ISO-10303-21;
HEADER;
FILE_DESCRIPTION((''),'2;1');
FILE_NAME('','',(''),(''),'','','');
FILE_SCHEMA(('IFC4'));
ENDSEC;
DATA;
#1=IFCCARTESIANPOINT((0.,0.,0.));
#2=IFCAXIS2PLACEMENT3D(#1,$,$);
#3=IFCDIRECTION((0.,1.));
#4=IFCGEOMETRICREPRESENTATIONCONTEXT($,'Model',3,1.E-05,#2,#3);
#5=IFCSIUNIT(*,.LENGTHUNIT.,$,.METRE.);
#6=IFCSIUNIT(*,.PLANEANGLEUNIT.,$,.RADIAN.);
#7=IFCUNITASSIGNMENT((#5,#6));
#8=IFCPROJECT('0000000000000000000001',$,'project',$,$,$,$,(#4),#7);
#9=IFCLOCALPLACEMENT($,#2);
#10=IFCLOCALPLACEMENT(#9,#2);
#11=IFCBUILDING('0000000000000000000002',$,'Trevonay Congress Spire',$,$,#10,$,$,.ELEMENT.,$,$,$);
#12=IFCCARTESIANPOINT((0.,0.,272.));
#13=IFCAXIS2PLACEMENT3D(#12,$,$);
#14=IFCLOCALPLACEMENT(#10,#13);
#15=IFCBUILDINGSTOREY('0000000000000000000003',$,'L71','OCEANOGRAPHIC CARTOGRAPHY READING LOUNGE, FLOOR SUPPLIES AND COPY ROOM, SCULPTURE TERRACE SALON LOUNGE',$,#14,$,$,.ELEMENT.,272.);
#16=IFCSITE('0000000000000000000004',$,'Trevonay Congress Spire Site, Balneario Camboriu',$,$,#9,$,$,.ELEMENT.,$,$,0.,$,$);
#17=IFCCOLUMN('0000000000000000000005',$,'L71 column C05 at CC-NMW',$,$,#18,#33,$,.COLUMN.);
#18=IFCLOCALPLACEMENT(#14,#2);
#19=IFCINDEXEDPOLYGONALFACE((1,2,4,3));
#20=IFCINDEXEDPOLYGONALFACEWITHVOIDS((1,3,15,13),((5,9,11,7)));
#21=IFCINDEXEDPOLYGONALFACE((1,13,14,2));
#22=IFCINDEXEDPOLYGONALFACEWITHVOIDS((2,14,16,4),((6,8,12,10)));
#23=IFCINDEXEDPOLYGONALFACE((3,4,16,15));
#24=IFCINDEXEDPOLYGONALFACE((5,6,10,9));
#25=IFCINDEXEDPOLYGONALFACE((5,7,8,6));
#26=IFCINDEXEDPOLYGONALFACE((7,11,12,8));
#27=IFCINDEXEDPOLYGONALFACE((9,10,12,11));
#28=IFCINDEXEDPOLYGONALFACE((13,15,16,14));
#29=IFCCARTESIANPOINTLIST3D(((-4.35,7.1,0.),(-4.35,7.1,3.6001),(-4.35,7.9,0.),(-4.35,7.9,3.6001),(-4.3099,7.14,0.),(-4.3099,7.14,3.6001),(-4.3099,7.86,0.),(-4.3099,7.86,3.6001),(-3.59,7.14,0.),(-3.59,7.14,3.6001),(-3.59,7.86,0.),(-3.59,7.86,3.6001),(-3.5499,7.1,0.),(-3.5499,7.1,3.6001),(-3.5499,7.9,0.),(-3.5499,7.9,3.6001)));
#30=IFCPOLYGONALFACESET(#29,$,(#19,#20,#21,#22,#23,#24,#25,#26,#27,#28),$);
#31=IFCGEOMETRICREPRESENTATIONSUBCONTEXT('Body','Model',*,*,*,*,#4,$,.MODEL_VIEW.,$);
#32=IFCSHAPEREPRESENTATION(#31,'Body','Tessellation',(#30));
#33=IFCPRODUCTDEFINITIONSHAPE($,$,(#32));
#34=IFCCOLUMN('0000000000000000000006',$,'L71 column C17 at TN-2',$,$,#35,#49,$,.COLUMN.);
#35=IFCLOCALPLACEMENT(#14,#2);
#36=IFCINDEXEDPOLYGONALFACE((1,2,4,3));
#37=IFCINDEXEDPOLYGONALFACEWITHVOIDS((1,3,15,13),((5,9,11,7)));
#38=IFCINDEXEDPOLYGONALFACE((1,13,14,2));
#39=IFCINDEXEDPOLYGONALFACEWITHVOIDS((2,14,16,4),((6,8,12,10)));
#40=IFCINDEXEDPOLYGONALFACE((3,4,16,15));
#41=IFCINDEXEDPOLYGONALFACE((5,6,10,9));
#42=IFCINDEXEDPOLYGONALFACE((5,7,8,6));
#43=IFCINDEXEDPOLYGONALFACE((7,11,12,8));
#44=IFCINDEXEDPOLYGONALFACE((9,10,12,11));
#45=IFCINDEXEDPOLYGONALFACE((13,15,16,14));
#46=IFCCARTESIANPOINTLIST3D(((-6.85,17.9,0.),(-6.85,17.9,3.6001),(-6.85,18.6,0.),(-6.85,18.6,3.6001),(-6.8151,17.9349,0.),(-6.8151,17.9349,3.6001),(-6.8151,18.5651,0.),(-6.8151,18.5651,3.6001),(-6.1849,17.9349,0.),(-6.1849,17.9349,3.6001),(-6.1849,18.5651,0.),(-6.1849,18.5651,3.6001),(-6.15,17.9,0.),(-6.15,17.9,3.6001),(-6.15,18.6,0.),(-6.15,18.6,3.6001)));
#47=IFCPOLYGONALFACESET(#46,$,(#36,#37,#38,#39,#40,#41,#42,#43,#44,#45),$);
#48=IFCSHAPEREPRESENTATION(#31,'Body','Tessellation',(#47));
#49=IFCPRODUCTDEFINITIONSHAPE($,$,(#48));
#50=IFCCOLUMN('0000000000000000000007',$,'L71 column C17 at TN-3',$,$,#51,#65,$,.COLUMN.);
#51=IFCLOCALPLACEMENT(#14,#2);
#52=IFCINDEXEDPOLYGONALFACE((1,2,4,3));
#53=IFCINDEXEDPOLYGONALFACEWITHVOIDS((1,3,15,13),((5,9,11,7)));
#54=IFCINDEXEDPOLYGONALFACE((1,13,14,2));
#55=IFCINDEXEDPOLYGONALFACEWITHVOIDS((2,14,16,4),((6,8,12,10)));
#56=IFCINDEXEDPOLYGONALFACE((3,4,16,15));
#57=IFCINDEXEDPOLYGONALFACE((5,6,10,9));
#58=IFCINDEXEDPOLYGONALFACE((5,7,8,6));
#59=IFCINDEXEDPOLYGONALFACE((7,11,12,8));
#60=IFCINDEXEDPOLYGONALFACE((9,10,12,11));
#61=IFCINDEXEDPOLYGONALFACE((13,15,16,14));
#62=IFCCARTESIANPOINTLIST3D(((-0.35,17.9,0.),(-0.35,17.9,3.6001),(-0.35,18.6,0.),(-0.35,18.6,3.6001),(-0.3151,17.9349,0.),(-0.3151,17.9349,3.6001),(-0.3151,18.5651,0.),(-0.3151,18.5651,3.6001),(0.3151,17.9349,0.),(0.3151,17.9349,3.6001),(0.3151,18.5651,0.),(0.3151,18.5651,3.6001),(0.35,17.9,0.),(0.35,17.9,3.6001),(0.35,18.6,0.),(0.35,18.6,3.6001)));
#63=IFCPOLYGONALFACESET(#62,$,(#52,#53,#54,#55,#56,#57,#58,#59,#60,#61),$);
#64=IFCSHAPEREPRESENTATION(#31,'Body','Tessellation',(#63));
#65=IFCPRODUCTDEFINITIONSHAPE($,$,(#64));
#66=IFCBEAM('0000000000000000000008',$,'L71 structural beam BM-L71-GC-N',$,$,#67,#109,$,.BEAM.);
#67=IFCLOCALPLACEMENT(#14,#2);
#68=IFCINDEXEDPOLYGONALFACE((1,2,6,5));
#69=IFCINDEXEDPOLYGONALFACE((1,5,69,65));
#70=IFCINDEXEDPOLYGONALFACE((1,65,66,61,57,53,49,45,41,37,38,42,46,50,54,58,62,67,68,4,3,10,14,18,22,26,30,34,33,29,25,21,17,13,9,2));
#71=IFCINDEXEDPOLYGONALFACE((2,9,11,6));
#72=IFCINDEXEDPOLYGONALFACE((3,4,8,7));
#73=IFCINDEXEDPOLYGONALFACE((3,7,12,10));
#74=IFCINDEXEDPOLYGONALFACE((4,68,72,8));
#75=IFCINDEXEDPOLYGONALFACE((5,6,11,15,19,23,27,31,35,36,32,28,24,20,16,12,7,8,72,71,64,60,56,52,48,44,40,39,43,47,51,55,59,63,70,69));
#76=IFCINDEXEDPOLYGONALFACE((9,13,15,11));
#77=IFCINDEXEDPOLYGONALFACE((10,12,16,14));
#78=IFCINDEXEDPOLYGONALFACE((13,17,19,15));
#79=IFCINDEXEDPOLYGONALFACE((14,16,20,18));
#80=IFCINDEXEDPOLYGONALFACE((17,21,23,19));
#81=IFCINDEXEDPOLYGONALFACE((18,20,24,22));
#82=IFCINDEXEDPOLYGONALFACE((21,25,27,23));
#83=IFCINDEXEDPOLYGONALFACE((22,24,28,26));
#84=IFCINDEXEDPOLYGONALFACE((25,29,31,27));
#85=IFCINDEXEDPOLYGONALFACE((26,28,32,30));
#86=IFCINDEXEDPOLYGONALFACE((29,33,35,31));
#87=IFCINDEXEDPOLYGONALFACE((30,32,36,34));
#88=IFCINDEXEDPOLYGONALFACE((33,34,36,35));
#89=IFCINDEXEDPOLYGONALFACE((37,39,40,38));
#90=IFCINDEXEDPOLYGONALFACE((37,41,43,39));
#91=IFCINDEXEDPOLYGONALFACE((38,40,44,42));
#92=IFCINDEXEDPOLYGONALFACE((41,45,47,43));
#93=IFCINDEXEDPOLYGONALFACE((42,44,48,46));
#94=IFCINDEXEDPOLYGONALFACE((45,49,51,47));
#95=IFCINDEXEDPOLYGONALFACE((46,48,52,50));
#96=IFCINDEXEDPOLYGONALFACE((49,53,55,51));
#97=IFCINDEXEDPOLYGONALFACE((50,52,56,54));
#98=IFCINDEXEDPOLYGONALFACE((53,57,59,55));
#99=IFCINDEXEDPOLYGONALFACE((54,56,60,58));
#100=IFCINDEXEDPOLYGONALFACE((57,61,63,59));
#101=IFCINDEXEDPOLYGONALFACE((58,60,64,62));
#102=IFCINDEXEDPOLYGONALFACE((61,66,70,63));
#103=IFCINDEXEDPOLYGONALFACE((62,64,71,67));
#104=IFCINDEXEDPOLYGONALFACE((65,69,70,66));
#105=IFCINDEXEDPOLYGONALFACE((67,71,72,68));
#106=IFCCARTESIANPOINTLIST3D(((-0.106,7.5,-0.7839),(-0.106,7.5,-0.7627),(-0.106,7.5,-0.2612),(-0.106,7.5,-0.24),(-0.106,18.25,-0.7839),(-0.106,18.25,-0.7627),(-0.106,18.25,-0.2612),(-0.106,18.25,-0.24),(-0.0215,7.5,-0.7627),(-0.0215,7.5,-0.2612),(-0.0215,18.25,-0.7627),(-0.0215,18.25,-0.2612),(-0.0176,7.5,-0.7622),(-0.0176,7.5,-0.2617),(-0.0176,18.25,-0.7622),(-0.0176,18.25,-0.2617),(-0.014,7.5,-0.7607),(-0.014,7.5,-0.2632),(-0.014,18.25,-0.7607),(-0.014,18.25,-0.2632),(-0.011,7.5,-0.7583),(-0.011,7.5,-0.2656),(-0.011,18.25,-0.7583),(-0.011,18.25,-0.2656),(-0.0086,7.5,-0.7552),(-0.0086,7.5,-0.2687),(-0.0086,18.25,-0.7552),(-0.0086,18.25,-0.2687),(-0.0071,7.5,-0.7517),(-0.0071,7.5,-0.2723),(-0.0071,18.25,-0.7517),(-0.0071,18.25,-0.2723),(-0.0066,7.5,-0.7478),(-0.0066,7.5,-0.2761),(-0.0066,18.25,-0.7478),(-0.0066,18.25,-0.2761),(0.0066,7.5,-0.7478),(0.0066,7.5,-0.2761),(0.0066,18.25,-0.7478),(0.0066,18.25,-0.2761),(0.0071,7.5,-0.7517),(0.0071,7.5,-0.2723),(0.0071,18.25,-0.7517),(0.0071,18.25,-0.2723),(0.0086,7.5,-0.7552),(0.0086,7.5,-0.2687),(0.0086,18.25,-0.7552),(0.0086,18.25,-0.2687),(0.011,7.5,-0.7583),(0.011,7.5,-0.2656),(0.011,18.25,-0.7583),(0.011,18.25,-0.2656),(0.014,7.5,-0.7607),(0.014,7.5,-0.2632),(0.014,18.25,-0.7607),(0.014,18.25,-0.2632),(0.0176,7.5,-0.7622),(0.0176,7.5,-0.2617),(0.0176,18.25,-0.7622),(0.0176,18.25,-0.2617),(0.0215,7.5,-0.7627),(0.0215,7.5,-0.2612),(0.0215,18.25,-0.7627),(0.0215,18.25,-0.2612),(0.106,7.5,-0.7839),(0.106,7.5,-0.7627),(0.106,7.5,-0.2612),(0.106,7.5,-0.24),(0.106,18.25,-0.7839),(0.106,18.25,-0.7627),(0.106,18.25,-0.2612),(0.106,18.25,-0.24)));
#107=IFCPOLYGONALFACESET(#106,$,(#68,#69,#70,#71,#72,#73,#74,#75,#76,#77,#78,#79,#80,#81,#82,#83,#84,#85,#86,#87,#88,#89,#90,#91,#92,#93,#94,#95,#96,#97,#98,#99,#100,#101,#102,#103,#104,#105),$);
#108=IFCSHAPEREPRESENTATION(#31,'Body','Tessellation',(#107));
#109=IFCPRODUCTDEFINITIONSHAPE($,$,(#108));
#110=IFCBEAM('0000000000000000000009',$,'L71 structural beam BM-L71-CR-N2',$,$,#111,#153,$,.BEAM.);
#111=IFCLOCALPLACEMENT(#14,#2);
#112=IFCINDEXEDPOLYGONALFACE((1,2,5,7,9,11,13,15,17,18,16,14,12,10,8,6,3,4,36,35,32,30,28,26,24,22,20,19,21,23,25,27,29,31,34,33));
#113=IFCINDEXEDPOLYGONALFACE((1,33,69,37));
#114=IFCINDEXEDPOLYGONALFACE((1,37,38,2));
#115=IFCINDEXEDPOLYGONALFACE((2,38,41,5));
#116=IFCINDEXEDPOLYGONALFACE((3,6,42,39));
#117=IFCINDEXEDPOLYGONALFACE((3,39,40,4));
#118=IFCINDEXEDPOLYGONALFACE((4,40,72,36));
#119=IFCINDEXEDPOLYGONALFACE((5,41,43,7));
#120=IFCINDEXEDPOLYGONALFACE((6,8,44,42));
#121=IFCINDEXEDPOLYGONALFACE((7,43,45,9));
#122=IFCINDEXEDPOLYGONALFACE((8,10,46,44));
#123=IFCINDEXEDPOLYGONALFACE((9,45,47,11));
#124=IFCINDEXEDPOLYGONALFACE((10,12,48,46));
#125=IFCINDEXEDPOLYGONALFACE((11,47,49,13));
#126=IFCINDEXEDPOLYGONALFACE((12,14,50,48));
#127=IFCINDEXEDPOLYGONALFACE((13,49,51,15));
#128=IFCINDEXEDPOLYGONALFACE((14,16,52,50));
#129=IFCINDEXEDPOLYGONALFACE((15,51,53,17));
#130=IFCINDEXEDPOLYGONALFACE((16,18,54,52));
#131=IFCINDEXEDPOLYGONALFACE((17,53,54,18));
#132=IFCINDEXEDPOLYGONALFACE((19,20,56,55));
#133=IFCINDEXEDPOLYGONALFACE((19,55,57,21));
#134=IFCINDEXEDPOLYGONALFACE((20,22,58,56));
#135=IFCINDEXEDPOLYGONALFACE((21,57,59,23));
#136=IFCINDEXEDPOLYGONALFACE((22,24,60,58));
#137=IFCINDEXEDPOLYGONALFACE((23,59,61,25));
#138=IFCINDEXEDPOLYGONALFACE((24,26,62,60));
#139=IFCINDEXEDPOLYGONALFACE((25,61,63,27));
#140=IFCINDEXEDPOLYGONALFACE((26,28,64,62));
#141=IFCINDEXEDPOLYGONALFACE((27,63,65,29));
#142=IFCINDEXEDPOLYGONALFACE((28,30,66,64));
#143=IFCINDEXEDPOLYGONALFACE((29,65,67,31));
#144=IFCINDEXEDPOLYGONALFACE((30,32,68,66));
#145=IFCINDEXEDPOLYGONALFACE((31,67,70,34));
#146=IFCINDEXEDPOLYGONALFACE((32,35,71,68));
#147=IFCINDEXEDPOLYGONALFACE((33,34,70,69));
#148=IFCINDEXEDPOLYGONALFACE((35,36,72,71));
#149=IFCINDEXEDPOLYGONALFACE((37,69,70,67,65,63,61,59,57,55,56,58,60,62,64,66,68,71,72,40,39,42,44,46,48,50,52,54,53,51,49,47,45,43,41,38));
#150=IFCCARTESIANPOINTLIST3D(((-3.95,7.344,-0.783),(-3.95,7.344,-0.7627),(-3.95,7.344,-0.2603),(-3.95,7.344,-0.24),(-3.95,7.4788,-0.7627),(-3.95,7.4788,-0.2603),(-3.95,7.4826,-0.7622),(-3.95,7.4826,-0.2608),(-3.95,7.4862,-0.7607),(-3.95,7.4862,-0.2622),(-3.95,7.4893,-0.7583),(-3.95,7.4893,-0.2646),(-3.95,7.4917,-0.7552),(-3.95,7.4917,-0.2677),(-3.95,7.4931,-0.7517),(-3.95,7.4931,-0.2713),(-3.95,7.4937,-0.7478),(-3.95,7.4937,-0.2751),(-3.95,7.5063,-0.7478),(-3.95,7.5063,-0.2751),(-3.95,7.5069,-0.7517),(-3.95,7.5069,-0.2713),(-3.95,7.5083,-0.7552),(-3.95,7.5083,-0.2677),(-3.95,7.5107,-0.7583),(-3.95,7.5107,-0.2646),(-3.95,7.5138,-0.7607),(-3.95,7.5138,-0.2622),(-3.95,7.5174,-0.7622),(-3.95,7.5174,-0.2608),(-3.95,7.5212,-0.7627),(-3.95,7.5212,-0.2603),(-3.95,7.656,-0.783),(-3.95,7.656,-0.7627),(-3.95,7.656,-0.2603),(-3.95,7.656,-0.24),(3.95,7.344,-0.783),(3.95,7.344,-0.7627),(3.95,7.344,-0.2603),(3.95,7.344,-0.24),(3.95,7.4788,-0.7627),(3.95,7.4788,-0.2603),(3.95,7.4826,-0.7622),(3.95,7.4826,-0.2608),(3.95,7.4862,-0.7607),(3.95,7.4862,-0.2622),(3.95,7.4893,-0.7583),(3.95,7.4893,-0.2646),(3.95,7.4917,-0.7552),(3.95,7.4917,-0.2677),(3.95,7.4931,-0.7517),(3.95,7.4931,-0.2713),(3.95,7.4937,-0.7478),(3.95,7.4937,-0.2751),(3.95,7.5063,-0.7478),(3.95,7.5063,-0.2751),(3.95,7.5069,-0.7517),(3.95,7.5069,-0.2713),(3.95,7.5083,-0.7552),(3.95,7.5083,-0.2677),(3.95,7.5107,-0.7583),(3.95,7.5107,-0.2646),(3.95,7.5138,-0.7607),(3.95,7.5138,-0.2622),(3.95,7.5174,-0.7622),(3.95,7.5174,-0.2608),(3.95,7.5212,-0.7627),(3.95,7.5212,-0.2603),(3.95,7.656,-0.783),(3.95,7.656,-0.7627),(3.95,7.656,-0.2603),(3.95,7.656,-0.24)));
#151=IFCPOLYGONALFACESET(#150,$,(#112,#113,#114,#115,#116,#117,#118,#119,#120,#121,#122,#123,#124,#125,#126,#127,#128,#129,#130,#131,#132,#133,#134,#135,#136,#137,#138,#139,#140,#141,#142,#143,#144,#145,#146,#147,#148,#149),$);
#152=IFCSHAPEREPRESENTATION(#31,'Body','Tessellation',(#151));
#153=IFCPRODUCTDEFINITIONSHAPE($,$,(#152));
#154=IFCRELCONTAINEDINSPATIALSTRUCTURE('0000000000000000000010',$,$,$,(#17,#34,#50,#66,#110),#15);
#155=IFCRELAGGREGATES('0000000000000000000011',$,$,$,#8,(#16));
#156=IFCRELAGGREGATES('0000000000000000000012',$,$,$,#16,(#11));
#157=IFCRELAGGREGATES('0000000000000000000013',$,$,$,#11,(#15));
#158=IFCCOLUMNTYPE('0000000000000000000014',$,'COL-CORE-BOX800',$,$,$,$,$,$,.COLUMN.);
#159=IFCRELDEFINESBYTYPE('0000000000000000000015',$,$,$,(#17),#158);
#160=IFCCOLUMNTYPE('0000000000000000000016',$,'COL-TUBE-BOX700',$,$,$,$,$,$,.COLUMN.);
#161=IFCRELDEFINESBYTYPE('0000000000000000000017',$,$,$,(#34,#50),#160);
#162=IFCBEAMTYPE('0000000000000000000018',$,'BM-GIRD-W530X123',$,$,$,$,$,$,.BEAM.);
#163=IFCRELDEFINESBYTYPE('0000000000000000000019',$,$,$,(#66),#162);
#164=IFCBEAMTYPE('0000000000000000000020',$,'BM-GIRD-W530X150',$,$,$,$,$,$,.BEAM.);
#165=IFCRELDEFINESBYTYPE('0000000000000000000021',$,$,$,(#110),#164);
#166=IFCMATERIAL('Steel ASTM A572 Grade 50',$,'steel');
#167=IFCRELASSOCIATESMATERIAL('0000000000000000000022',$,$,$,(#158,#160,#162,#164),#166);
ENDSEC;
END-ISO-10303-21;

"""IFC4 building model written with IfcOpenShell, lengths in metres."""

from ifc_helpers import new_model, si_unit, direction, frame, origin, origin_2d, place, context, subcontext, project, spatial, hollow_rectangle, i_section, extrude, material, material_profile, profile_set, type_object, element, save


model = new_model("IFC4")

# Units and contexts
model_context = context("Model", 3, precision=1e-05, world=origin(), true_north=direction((0.0, 1.0)))
body_context = subcontext(model_context, "Body", "Model", "MODEL_VIEW")
ifc_project = project(units=[si_unit("LENGTHUNIT", "METRE"), si_unit("PLANEANGLEUNIT", "RADIAN")], contexts=[model_context])

# Site, building, storey
site_placement = place(None, origin())
site = spatial("IfcSite", under=ifc_project, at=site_placement, Name="Trevonay Congress Spire Site, Balneario Camboriu", CompositionType="ELEMENT", RefElevation=0.0)
building_placement = place(site_placement, origin())
building = spatial("IfcBuilding", under=site, at=building_placement, Name="Trevonay Congress Spire", CompositionType="ELEMENT")
storey_placement = place(building_placement, frame((0.0, 0.0, 272.0)))
storey = spatial("IfcBuildingStorey", under=building, at=storey_placement, Name="L71", Description="OCEANOGRAPHIC CARTOGRAPHY READING LOUNGE, FLOOR SUPPLIES AND COPY ROOM, SCULPTURE TERRACE SALON LOUNGE", CompositionType="ELEMENT", Elevation=272.0)

# Columns
ifc_material_1 = material(Name="Steel ASTM A572 Grade 50", Category="steel")
ifc_material_profile_1 = material_profile(ifc_material_1, hollow_rectangle(XDim=0.8, YDim=0.8, WallThickness=0.04, at=origin_2d()), Name="BOX 800x800x40")
ifc_profile_set_1 = profile_set([ifc_material_profile_1], Name="Steel ASTM A572 Grade 50")
column_type_1 = type_object("IfcColumnType", Name="COL-CORE-BOX800", PredefinedType="COLUMN", material=ifc_profile_set_1)
column_placement = place(storey_placement, frame((-3.95, 7.5, 0.0), z_axis=(0.0, 0.0, 1.0), x_axis=(1.0, 0.0, 0.0)))
element("IfcColumn", 1, at=column_placement, inside=storey, type_object=column_type_1, Name="L71 column C05 at CC-NMW", PredefinedType="COLUMN", context=body_context, shape_type="SweptSolid", body=[
    extrude(hollow_rectangle(XDim=0.8, YDim=0.8, WallThickness=0.04, at=origin_2d()), origin(), (0.0, 0.0, 1.0), 3.6001),
])
ifc_material_profile_2 = material_profile(ifc_material_1, hollow_rectangle(XDim=0.7, YDim=0.7, WallThickness=0.0349, at=origin_2d()), Name="BOX 700x700x35")
ifc_profile_set_2 = profile_set([ifc_material_profile_2], Name="Steel ASTM A572 Grade 50")
column_type_2 = type_object("IfcColumnType", Name="COL-TUBE-BOX700", PredefinedType="COLUMN", material=ifc_profile_set_2)
for number, where, z_axis, x_axis, name in (
    (2, (-6.5, 18.25, 0.0), (0.0, 0.0, 1.0), (1.0, 0.0, 0.0), "L71 column C17 at TN-2"),
    (3, (0.0, 18.25, 0.0), (0.0, 0.0, 1.0), (1.0, 0.0, 0.0), "L71 column C17 at TN-3"),
):
    element("IfcColumn", number, at=place(storey_placement, frame(where, z_axis=z_axis, x_axis=x_axis)), inside=storey, type_object=column_type_2, Name=name, PredefinedType="COLUMN", context=body_context, shape_type="SweptSolid", body=[
        extrude(hollow_rectangle(XDim=0.7, YDim=0.7, WallThickness=0.0349, at=origin_2d()), origin(), (0.0, 0.0, 1.0), 3.6001),
    ])

# Beams
ifc_material_profile_3 = material_profile(ifc_material_1, i_section(OverallWidth=0.2119, OverallDepth=0.5439, WebThickness=0.0132, FlangeThickness=0.0212, FilletRadius=0.0149, at=origin_2d()), Name="W530x123")
ifc_profile_set_3 = profile_set([ifc_material_profile_3], Name="Steel ASTM A572 Grade 50")
beam_type_1 = type_object("IfcBeamType", Name="BM-GIRD-W530X123", PredefinedType="BEAM", material=ifc_profile_set_3)
beam_1_placement = place(storey_placement, frame((0.0, 7.5, -0.512), z_axis=(0.0, 1.0, 0.0), x_axis=(-1.0, 0.0, 0.0)))
element("IfcBeam", 4, at=beam_1_placement, inside=storey, type_object=beam_type_1, Name="L71 structural beam BM-L71-GC-N", PredefinedType="BEAM", context=body_context, shape_type="SweptSolid", body=[
    extrude(i_section(OverallWidth=0.2119, OverallDepth=0.5439, WebThickness=0.0132, FlangeThickness=0.0212, FilletRadius=0.0149, at=origin_2d()), origin(), (0.0, 0.0, 1.0), 10.75),
])
ifc_material_profile_4 = material_profile(ifc_material_1, i_section(OverallWidth=0.312, OverallDepth=0.543, WebThickness=0.0127, FlangeThickness=0.0203, FilletRadius=0.0149, at=origin_2d()), Name="W530x150")
ifc_profile_set_4 = profile_set([ifc_material_profile_4], Name="Steel ASTM A572 Grade 50")
beam_type_2 = type_object("IfcBeamType", Name="BM-GIRD-W530X150", PredefinedType="BEAM", material=ifc_profile_set_4)
beam_2_placement = place(storey_placement, frame((-3.95, 7.5, -0.5115), z_axis=(1.0, 0.0, 0.0), x_axis=(0.0, 1.0, 0.0)))
element("IfcBeam", 5, at=beam_2_placement, inside=storey, type_object=beam_type_2, Name="L71 structural beam BM-L71-CR-N2", PredefinedType="BEAM", context=body_context, shape_type="SweptSolid", body=[
    extrude(i_section(OverallWidth=0.312, OverallDepth=0.543, WebThickness=0.0127, FlangeThickness=0.0203, FilletRadius=0.0149, at=origin_2d()), origin(), (0.0, 0.0, 1.0), 7.8999),
])

save(model, "model.ifc")
